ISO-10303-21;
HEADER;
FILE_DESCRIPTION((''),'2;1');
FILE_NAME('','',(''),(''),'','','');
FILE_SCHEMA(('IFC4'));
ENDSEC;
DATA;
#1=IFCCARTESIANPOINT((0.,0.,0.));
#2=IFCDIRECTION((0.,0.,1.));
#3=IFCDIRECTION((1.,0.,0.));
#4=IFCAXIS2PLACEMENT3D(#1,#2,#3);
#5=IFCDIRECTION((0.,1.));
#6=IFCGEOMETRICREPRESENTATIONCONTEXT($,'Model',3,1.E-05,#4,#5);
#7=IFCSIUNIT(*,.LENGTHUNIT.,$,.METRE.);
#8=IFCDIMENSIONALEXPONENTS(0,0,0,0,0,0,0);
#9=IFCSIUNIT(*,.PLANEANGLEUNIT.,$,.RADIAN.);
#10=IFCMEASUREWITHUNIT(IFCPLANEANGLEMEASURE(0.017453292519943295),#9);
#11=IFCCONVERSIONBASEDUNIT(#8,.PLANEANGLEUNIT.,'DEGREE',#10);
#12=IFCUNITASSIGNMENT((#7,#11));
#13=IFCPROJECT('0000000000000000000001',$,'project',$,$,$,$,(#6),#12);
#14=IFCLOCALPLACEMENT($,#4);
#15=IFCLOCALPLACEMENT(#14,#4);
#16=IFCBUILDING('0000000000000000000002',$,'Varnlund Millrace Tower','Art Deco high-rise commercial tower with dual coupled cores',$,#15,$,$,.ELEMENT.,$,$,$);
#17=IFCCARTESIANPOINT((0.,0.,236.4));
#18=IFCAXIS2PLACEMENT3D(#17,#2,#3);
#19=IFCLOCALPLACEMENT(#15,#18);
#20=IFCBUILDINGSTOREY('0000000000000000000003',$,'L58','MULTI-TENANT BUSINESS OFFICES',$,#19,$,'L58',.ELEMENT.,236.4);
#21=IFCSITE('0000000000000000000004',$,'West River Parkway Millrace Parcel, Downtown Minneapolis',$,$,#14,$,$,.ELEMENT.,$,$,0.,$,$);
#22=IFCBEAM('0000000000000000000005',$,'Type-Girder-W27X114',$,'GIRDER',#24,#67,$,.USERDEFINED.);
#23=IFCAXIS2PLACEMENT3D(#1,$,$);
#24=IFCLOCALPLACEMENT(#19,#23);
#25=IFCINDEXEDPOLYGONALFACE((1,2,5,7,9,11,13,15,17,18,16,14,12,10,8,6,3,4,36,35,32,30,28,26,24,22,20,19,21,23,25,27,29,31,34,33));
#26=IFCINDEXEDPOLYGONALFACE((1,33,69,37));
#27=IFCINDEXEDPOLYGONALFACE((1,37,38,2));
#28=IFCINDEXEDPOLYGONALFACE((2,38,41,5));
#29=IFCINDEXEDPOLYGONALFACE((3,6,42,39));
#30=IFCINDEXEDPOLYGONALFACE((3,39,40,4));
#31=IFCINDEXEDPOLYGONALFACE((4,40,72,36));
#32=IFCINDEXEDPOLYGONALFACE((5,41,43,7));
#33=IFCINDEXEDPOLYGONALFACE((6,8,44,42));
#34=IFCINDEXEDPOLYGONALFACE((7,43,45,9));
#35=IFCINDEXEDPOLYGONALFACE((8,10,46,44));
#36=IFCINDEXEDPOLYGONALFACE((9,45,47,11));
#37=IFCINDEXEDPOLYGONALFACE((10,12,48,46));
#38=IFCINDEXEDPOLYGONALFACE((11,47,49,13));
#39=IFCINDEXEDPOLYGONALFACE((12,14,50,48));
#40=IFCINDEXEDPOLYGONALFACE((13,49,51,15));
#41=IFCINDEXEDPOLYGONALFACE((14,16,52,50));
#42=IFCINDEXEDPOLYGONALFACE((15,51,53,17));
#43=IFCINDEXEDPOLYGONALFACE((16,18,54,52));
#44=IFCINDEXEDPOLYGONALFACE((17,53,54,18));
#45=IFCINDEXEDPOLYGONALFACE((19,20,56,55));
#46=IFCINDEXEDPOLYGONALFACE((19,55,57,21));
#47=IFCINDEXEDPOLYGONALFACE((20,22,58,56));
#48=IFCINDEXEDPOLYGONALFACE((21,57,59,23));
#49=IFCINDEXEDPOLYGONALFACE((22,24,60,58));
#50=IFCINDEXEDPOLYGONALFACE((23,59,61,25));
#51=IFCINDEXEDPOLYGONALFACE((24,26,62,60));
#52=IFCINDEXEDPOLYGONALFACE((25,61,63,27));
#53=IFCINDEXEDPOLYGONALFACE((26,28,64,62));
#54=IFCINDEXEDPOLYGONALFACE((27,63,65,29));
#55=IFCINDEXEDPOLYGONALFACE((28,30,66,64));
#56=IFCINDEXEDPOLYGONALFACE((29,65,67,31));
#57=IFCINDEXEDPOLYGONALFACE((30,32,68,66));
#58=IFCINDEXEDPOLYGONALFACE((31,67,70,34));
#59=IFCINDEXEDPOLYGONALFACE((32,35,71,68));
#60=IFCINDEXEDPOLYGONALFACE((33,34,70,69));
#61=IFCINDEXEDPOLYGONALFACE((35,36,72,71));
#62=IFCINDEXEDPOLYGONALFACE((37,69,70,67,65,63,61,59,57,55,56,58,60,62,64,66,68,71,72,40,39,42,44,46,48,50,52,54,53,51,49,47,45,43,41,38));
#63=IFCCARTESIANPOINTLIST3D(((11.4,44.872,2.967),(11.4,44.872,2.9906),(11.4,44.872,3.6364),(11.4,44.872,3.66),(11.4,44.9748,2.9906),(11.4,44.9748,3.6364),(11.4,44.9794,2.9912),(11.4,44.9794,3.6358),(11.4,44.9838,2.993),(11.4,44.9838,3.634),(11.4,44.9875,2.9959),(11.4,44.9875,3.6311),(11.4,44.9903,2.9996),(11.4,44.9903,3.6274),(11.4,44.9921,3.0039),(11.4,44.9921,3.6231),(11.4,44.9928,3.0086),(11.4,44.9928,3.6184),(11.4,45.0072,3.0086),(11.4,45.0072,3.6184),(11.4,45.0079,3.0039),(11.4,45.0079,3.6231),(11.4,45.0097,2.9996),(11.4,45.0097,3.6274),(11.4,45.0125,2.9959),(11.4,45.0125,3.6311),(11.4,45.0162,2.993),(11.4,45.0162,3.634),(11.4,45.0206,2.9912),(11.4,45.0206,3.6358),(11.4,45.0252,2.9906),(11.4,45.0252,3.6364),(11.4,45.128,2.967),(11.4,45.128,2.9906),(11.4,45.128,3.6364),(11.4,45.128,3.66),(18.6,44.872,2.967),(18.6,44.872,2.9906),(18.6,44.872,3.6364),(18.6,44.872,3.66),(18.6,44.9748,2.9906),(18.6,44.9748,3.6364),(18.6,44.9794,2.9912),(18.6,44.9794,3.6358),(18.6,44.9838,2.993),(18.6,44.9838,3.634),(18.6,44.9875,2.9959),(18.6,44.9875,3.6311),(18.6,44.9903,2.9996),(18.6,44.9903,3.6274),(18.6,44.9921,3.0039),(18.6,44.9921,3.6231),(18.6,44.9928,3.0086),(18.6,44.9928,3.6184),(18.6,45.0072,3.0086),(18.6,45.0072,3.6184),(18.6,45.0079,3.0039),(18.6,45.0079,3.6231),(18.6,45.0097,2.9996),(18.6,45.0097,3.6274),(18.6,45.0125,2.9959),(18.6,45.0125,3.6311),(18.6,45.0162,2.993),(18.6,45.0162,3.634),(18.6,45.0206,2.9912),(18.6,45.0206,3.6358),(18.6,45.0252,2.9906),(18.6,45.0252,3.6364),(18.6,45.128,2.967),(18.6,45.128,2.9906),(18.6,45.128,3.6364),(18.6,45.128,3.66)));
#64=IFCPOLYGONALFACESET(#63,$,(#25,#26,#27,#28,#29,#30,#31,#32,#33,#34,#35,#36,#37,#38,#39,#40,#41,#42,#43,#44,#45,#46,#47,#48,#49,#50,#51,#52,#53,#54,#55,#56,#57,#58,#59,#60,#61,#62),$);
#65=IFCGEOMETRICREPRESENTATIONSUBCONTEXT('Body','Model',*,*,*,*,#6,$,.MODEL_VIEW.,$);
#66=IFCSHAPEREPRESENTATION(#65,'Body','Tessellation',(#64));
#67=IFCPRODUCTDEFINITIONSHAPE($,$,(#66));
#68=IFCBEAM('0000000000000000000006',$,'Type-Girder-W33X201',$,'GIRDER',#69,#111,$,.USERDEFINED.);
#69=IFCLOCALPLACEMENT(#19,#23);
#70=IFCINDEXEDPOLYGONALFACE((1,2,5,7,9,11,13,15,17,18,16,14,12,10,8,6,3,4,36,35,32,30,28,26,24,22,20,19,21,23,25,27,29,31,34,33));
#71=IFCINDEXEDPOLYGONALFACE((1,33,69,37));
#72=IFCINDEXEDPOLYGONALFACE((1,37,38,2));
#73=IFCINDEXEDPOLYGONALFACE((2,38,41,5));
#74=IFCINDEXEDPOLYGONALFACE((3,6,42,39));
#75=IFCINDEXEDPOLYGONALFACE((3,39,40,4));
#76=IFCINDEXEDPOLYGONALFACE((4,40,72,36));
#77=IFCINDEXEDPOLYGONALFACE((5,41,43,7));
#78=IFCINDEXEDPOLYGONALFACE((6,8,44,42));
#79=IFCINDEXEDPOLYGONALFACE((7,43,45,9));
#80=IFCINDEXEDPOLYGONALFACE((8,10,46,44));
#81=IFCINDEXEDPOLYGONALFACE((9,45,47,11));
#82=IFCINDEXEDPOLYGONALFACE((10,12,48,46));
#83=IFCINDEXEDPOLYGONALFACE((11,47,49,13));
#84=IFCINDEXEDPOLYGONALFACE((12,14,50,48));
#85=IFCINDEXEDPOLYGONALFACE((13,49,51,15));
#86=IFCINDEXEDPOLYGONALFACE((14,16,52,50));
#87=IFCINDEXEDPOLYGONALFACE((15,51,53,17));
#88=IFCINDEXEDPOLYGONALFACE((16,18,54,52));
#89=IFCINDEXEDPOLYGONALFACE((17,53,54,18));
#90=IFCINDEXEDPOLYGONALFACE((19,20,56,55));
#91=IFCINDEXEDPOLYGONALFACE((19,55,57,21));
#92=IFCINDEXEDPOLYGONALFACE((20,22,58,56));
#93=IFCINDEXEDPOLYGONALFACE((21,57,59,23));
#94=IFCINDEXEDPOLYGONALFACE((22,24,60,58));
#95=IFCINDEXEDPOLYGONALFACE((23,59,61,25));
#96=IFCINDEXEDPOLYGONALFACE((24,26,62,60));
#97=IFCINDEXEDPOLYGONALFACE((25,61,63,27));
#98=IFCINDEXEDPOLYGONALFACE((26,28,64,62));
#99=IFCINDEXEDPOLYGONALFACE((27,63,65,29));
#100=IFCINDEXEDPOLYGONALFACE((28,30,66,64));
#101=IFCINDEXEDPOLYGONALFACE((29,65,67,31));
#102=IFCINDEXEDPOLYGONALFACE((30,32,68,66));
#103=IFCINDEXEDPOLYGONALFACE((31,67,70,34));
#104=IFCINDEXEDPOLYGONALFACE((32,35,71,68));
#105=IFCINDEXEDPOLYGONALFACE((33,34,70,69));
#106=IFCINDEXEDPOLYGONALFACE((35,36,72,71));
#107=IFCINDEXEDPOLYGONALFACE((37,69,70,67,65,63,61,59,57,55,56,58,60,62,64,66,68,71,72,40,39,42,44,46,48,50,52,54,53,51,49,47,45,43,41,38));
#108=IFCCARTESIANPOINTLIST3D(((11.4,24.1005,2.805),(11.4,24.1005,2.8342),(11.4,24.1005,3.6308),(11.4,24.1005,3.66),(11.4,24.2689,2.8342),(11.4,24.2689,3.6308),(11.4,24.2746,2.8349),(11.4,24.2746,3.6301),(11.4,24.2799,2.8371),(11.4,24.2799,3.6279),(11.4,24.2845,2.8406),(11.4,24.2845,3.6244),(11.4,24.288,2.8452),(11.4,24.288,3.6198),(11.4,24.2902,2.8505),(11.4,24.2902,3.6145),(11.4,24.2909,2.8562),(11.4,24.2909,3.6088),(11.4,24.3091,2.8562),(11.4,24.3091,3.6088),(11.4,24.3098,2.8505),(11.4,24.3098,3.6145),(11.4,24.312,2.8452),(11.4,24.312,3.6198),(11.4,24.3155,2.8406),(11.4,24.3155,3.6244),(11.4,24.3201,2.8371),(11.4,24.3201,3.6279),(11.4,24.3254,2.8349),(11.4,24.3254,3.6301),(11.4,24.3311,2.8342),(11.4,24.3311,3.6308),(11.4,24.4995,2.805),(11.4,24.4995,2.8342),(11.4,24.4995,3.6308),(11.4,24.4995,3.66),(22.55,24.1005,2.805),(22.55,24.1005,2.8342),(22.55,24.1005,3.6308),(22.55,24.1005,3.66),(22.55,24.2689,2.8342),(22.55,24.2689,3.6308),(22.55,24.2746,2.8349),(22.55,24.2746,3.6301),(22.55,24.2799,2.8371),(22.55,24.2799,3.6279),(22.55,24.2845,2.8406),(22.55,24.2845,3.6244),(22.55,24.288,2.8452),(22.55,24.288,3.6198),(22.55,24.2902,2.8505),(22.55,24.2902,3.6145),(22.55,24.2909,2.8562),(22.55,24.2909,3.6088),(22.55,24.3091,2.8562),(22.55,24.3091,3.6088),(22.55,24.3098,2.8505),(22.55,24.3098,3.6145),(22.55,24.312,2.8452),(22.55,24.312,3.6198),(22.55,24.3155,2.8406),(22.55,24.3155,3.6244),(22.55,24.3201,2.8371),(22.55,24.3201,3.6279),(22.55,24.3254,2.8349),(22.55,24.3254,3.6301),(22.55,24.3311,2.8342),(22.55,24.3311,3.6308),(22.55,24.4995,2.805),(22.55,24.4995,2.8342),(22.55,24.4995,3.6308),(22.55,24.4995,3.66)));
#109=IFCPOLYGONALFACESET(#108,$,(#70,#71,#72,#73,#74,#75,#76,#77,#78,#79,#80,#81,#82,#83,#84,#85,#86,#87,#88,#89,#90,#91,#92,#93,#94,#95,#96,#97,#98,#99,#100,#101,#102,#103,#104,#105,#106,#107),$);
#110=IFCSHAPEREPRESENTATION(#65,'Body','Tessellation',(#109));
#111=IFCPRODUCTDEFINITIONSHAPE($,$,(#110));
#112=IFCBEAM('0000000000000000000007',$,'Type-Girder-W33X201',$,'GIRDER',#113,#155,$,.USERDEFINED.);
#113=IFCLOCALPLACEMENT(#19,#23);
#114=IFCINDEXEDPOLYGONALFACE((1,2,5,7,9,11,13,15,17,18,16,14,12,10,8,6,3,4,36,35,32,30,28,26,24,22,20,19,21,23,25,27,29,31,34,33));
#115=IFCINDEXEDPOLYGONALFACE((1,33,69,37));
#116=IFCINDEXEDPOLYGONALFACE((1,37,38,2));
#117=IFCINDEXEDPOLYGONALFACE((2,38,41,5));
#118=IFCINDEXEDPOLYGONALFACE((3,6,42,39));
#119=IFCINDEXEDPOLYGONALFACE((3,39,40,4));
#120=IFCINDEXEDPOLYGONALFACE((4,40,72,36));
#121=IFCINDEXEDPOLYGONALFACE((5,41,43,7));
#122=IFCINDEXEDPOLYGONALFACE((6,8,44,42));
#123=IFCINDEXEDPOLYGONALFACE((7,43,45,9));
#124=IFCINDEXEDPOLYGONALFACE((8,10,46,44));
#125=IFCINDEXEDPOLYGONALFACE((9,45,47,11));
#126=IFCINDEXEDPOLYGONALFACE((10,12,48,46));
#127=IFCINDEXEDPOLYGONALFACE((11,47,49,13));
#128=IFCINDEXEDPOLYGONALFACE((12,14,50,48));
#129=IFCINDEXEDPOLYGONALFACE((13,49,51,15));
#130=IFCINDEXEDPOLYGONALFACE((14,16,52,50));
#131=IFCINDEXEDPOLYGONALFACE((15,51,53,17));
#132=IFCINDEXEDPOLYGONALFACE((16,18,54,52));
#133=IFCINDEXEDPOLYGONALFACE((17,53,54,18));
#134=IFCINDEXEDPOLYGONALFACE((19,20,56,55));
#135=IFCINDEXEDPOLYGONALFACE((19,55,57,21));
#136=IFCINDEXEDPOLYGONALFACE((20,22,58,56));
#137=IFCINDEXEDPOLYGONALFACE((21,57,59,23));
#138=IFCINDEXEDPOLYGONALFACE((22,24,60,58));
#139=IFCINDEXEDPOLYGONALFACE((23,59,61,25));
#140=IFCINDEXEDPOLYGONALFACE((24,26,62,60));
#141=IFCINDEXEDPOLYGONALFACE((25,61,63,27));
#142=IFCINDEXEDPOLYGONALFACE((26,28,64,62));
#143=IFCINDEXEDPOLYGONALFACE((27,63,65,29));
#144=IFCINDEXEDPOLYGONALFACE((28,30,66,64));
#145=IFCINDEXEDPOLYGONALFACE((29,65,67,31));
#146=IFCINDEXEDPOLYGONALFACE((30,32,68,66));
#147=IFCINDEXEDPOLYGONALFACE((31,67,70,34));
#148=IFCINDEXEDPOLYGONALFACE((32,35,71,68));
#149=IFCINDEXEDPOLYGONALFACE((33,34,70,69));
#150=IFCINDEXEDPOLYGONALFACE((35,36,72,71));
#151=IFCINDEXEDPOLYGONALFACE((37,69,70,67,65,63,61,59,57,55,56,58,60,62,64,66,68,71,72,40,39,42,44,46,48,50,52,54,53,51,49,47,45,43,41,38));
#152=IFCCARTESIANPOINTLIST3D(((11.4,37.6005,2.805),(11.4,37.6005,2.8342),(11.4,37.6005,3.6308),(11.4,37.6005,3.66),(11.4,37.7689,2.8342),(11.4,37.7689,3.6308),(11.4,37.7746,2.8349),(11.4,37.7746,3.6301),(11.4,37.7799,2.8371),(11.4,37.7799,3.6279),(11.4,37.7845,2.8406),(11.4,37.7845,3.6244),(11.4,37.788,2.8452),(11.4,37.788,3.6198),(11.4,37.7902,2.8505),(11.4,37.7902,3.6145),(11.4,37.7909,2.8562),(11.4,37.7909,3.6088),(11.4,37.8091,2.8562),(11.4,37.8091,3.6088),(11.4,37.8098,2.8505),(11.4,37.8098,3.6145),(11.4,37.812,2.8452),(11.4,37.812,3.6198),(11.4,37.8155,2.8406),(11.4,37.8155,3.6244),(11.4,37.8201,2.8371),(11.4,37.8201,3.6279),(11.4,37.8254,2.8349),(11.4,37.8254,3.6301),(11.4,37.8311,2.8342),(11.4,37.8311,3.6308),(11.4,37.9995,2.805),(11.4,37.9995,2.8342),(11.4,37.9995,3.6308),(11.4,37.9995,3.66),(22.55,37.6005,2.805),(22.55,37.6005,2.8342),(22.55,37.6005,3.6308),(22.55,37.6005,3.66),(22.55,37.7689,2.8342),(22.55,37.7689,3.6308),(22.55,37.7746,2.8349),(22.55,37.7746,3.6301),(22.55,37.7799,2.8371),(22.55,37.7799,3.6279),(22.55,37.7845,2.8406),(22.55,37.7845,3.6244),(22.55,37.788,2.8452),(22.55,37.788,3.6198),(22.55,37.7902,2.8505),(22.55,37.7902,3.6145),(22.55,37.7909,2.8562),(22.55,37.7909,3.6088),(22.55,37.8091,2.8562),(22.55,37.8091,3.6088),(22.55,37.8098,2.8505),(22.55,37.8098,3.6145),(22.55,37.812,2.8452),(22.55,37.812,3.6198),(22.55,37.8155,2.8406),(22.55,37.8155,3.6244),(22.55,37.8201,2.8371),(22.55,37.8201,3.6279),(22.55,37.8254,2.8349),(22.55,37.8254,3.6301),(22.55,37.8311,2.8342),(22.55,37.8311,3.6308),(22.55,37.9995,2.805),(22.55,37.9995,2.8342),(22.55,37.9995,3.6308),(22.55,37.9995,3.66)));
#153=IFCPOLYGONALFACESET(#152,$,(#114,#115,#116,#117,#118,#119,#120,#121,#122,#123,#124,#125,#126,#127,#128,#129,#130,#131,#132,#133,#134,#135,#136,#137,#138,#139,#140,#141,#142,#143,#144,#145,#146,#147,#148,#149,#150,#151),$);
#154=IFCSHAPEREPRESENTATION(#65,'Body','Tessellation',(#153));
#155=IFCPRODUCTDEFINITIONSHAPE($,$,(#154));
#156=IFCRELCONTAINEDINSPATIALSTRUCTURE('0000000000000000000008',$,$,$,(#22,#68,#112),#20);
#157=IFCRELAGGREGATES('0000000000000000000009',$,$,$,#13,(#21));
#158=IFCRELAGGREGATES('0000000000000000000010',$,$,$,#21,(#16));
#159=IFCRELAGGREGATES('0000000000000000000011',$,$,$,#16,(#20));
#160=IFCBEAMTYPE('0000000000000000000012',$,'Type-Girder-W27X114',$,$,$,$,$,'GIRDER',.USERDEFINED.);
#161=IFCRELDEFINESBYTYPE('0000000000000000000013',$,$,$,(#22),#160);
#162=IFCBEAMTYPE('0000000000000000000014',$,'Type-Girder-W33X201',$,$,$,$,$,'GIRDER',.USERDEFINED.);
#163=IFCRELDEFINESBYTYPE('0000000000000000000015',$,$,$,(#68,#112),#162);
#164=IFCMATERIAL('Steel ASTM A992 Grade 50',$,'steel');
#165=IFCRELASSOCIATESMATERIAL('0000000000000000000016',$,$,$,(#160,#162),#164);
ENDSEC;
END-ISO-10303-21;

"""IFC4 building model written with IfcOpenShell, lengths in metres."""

from ifc_helpers import new_model, entity, si_unit, converted_unit, direction, frame, origin_with_axes, origin_2d_with_axis, place, context, subcontext, project, spatial, i_section, extrude, material, material_profile, profile_set, type_object, element, save


model = new_model("IFC4")

# Units and contexts
model_context = context("Model", 3, precision=1e-05, world=origin_with_axes(), true_north=direction((0.0, 1.0)))
body_context = subcontext(model_context, "Body", "Model", "MODEL_VIEW")
ifc_project = project(units=[si_unit("LENGTHUNIT", "METRE"), converted_unit("PLANEANGLEUNIT", "DEGREE", entity("IfcPlaneAngleMeasure", 0.017453292519943295), si_unit("PLANEANGLEUNIT", "RADIAN"), dimensions=[0, 0, 0, 0, 0, 0, 0])], contexts=[model_context])

# Site, building, storey
site_placement = place(None, origin_with_axes())
site = spatial("IfcSite", under=ifc_project, at=site_placement, Name="West River Parkway Millrace Parcel, Downtown Minneapolis", CompositionType="ELEMENT", RefElevation=0.0)
building_placement = place(site_placement, origin_with_axes())
building = spatial("IfcBuilding", under=site, at=building_placement, Name="Varnlund Millrace Tower", Description="Art Deco high-rise commercial tower with dual coupled cores", CompositionType="ELEMENT")
storey_placement = place(building_placement, frame((0.0, 0.0, 236.4), z_axis=(0.0, 0.0, 1.0), x_axis=(1.0, 0.0, 0.0)))
storey = spatial("IfcBuildingStorey", under=building, at=storey_placement, Name="L58", Description="MULTI-TENANT BUSINESS OFFICES", LongName="L58", CompositionType="ELEMENT", Elevation=236.4)

# Beams
ifc_material_1 = material(Name="Steel ASTM A992 Grade 50", Category="steel")
ifc_material_profile_1 = material_profile(ifc_material_1, i_section(OverallWidth=0.256, OverallDepth=0.693, WebThickness=0.0145, FlangeThickness=0.0236, FilletRadius=0.018, at=origin_2d_with_axis()), Name="Steel ASTM A992 Grade 50")
ifc_profile_set_1 = profile_set([ifc_material_profile_1], Name="Steel ASTM A992 Grade 50")
beam_type_1 = type_object("IfcBeamType", Name="Type-Girder-W27X114", ElementType="GIRDER", PredefinedType="USERDEFINED", material=ifc_profile_set_1)
beam_1_placement = place(storey_placement, frame((11.4, 45.0, 3.3135), z_axis=(1.0, 0.0, 0.0), x_axis=(0.0, 1.0, 0.0)))
element("IfcBeam", 1, at=beam_1_placement, inside=storey, type_object=beam_type_1, Name="Type-Girder-W27X114", ObjectType="GIRDER", PredefinedType="USERDEFINED", context=body_context, shape_type="SweptSolid", body=[
    extrude(i_section(OverallWidth=0.256, OverallDepth=0.693, WebThickness=0.0145, FlangeThickness=0.0236, FilletRadius=0.018, at=origin_2d_with_axis()), origin_with_axes(), (0.0, 0.0, 1.0), 7.2),
])
ifc_material_profile_2 = material_profile(ifc_material_1, i_section(OverallWidth=0.399, OverallDepth=0.855, WebThickness=0.0182, FlangeThickness=0.0292, FilletRadius=0.022, at=origin_2d_with_axis()), Name="Steel ASTM A992 Grade 50")
ifc_profile_set_2 = profile_set([ifc_material_profile_2], Name="Steel ASTM A992 Grade 50")
beam_type_2 = type_object("IfcBeamType", Name="Type-Girder-W33X201", ElementType="GIRDER", PredefinedType="USERDEFINED", material=ifc_profile_set_2)
for number, where, z_axis, x_axis, name in (
    (2, (11.4, 24.3, 3.2325), (1.0, 0.0, 0.0), (0.0, 1.0, 0.0), "Type-Girder-W33X201"),
    (3, (11.4, 37.8, 3.2325), (1.0, 0.0, 0.0), (0.0, 1.0, 0.0), "Type-Girder-W33X201"),
):
    element("IfcBeam", number, at=place(storey_placement, frame(where, z_axis=z_axis, x_axis=x_axis)), inside=storey, type_object=beam_type_2, Name=name, ObjectType="GIRDER", PredefinedType="USERDEFINED", context=body_context, shape_type="SweptSolid", body=[
        extrude(i_section(OverallWidth=0.399, OverallDepth=0.855, WebThickness=0.0182, FlangeThickness=0.0292, FilletRadius=0.022, at=origin_2d_with_axis()), origin_with_axes(), (0.0, 0.0, 1.0), 11.15),
    ])

save(model, "model.ifc")
